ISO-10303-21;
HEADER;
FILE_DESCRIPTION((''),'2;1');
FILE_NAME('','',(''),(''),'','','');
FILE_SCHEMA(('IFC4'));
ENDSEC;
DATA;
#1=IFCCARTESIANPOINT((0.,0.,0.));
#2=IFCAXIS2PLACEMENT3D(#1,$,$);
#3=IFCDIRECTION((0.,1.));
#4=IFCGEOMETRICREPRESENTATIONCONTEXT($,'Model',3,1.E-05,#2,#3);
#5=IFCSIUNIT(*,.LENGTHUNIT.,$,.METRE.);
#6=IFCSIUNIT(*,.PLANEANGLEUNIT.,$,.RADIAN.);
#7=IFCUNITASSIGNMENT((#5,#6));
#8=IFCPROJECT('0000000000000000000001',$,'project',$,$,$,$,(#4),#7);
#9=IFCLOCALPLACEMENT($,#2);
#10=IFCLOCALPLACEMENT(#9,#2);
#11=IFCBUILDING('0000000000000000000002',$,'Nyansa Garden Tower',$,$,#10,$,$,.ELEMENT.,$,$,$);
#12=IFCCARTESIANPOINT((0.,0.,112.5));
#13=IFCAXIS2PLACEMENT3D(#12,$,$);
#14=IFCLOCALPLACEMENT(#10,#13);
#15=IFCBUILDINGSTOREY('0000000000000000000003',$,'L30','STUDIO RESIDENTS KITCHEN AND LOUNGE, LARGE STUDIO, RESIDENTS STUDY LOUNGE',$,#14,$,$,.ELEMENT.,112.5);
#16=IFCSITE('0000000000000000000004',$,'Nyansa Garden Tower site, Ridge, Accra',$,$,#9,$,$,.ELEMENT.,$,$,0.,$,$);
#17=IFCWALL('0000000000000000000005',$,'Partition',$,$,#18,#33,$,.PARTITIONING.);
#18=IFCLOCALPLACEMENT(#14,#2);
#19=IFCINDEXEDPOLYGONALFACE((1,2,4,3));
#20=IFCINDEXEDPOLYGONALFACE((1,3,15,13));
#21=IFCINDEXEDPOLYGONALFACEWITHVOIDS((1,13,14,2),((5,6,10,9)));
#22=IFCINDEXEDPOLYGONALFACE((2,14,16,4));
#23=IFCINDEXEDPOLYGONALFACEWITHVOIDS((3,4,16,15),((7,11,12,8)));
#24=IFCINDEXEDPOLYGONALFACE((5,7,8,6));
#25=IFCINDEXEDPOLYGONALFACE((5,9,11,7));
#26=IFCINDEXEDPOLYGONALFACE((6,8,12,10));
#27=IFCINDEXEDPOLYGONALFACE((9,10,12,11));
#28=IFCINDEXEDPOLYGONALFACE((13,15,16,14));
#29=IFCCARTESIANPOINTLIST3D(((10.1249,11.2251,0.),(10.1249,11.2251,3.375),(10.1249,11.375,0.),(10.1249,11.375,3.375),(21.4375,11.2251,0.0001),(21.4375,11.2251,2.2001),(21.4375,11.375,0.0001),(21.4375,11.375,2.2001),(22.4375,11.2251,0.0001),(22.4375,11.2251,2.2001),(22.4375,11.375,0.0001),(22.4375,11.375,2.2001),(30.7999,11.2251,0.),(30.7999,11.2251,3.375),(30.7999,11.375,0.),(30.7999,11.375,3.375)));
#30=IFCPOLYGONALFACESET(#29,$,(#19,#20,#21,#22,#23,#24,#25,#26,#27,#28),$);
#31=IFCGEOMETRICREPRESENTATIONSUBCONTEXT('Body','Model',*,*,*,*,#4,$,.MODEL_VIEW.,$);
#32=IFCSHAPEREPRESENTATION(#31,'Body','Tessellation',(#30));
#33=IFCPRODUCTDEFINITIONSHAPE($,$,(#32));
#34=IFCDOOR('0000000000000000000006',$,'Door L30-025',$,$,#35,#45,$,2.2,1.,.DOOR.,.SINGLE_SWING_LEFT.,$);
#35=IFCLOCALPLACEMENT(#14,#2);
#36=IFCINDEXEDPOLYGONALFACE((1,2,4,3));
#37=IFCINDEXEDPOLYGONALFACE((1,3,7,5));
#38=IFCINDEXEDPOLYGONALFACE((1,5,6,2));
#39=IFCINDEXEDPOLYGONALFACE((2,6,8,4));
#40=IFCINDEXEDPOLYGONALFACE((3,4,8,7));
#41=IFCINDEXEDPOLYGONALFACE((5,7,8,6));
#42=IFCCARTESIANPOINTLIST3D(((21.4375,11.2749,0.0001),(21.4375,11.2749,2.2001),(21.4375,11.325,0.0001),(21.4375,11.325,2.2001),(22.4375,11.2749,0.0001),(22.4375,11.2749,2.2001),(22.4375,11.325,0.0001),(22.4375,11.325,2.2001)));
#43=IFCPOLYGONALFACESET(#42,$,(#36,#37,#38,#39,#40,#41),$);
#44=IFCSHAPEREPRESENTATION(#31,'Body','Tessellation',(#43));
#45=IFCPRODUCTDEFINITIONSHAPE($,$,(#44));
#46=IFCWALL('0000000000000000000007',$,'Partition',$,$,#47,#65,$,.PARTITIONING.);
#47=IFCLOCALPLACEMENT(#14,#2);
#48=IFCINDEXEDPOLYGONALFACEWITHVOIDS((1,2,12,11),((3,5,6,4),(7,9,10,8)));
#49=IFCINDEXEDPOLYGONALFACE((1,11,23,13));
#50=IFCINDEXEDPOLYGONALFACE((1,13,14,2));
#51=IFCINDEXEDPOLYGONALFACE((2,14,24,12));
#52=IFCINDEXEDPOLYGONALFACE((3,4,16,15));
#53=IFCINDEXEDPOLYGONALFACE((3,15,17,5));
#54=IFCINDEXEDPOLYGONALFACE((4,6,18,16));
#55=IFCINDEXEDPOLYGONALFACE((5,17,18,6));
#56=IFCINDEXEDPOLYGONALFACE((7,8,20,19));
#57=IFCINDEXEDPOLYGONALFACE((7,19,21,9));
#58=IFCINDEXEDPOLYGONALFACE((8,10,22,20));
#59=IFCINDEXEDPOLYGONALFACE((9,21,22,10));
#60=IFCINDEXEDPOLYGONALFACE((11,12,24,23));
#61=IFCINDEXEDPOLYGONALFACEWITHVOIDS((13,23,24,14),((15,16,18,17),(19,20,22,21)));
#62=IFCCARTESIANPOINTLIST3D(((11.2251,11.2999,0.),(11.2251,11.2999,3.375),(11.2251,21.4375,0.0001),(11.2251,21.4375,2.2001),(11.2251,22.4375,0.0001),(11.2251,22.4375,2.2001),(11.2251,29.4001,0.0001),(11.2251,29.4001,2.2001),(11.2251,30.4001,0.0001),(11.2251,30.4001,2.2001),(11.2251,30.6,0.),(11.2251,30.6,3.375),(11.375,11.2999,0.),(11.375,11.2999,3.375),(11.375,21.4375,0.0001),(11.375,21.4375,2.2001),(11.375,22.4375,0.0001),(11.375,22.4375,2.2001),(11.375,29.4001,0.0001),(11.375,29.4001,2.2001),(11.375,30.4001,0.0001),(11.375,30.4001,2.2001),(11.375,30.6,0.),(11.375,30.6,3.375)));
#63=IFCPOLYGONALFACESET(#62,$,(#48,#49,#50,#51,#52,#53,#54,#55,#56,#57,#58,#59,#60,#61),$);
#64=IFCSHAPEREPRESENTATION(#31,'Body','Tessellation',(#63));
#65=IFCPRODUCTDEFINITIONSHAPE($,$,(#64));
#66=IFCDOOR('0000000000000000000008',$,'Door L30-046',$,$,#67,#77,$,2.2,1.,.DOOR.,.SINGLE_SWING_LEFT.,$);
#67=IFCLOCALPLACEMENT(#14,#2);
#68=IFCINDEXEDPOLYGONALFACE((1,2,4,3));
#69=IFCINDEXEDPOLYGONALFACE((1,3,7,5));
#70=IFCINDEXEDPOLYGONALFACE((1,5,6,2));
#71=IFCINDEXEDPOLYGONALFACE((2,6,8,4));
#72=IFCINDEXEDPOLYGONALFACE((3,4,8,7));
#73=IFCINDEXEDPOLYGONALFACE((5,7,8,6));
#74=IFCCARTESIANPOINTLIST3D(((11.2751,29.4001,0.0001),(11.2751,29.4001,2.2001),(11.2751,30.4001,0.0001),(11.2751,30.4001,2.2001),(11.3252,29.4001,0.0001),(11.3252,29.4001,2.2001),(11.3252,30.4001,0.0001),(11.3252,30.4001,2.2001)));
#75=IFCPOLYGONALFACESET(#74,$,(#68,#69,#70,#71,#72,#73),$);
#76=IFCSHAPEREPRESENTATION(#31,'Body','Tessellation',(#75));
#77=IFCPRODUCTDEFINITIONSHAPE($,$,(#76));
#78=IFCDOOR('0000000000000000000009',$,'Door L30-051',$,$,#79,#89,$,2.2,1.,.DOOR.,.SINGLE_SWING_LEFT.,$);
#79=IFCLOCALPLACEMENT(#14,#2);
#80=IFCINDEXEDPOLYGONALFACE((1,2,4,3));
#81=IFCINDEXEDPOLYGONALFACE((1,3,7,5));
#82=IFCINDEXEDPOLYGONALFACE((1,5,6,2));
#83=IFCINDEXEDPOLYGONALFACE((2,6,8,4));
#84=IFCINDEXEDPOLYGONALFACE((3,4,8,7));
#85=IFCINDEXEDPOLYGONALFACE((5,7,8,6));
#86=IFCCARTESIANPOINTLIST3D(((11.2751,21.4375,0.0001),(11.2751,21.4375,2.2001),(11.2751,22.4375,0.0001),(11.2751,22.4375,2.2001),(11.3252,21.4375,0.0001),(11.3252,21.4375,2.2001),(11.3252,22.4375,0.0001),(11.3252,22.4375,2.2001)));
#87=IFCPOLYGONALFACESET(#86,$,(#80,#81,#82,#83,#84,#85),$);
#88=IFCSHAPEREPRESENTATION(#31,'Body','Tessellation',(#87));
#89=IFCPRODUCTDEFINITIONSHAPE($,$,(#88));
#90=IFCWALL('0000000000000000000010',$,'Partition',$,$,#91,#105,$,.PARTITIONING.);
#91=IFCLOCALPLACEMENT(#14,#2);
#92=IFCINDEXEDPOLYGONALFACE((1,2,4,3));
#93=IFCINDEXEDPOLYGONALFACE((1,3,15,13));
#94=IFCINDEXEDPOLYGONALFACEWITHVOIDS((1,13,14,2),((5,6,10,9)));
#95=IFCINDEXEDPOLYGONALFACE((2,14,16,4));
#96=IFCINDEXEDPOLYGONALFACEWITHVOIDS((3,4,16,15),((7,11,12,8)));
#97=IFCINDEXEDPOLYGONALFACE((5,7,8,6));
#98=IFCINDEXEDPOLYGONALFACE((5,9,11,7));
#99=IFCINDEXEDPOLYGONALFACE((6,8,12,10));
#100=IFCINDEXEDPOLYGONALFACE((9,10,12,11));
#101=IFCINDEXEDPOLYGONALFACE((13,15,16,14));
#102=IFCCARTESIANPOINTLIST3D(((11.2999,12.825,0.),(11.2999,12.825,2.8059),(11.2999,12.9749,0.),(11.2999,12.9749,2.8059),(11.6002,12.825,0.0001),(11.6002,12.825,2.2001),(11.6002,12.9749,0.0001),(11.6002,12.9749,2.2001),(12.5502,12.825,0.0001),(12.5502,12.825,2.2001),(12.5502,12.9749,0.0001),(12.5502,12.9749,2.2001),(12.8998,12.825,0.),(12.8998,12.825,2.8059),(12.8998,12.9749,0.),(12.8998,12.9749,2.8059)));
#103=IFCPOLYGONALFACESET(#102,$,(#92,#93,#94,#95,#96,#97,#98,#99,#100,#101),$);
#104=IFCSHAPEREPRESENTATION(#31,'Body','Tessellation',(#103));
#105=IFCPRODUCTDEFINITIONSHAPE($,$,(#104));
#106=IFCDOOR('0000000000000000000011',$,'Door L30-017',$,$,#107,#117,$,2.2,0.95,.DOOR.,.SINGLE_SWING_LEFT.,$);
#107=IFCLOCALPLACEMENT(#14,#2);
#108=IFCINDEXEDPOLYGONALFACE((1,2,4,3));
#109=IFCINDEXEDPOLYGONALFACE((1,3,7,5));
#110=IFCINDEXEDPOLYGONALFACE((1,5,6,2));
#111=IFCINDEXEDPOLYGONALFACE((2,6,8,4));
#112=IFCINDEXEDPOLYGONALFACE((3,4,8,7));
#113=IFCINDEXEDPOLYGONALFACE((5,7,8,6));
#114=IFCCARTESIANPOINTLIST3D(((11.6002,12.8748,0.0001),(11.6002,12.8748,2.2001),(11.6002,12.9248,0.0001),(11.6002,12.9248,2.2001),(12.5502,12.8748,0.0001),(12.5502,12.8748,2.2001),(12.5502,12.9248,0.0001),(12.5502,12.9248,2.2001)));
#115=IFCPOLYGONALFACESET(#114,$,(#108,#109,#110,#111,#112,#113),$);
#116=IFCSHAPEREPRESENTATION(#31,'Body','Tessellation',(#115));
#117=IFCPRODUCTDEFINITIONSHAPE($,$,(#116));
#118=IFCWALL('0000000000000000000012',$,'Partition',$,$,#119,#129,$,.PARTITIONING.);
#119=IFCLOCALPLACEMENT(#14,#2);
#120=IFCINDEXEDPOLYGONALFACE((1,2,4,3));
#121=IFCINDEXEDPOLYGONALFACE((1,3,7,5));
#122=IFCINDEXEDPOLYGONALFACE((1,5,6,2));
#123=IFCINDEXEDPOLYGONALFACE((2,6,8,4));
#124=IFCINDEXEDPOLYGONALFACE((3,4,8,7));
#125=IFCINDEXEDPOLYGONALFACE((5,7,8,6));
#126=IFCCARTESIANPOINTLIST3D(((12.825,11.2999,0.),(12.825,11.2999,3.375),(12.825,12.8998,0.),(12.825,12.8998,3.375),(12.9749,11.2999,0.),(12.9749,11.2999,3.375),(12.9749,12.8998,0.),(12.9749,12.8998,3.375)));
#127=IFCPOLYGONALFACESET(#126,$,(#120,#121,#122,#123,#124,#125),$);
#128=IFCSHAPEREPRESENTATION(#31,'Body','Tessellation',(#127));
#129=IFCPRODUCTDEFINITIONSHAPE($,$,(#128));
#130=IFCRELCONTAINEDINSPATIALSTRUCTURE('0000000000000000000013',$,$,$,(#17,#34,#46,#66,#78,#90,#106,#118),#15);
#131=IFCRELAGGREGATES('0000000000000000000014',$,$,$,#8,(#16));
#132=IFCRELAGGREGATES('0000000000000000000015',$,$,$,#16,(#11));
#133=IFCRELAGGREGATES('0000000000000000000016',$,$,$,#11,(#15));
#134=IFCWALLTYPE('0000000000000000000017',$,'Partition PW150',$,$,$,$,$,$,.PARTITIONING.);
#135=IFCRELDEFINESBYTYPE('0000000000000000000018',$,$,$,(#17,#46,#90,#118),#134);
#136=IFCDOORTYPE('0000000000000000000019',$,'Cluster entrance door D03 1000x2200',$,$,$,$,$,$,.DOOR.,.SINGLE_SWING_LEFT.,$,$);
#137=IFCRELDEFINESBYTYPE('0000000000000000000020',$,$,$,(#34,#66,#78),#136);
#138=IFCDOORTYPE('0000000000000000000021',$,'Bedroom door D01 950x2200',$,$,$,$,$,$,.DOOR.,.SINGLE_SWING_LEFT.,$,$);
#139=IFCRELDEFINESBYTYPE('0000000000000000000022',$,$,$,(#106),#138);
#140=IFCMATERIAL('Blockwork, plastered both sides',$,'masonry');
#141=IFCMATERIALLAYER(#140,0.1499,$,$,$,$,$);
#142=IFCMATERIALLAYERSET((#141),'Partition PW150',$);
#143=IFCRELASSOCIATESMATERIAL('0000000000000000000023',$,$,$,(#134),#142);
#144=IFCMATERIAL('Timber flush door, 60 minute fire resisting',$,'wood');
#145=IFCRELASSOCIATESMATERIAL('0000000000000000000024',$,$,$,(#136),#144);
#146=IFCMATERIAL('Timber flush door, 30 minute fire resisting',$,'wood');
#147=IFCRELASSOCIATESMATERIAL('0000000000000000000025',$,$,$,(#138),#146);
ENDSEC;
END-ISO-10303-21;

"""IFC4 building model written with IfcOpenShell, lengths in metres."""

from ifc_helpers import new_model, si_unit, direction, frame, frame_2d, origin, place, context, subcontext, project, spatial, rectangle, extrude, material, layer, layer_set, type_object, element, fill, save


model = new_model("IFC4")

# Units and contexts
model_context = context("Model", 3, precision=1e-05, world=origin(), true_north=direction((0.0, 1.0)))
body_context = subcontext(model_context, "Body", "Model", "MODEL_VIEW")
ifc_project = project(units=[si_unit("LENGTHUNIT", "METRE"), si_unit("PLANEANGLEUNIT", "RADIAN")], contexts=[model_context])

# Site, building, storey
site_placement = place(None, origin())
site = spatial("IfcSite", under=ifc_project, at=site_placement, Name="Nyansa Garden Tower site, Ridge, Accra", CompositionType="ELEMENT", RefElevation=0.0)
building_placement = place(site_placement, origin())
building = spatial("IfcBuilding", under=site, at=building_placement, Name="Nyansa Garden Tower", CompositionType="ELEMENT")
storey_placement = place(building_placement, frame((0.0, 0.0, 112.5)))
storey = spatial("IfcBuildingStorey", under=building, at=storey_placement, Name="L30", Description="STUDIO RESIDENTS KITCHEN AND LOUNGE, LARGE STUDIO, RESIDENTS STUDY LOUNGE", CompositionType="ELEMENT", Elevation=112.5)

# Wall, opening, door
ifc_material_1 = material(Name="Blockwork, plastered both sides", Category="masonry")
ifc_layer_1 = layer(ifc_material_1, 0.1499)
ifc_layer_set_1 = layer_set([ifc_layer_1], Name="Partition PW150")
wall_type_1 = type_object("IfcWallType", Name="Partition PW150", PredefinedType="PARTITIONING", material=ifc_layer_set_1)
wall_1_placement = place(storey_placement, frame((10.125, 11.3, 0.0), z_axis=(0.0, 0.0, 1.0), x_axis=(1.0, 0.0, 0.0)))
wall_1 = element("IfcWall", 1, at=wall_1_placement, inside=storey, type_object=wall_type_1, Name="Partition", PredefinedType="PARTITIONING", context=body_context, shape_type="SweptSolid", body=[
    extrude(rectangle(XDim=20.675, YDim=0.1499, at=frame_2d((10.3374, 0.0))), origin(), (0.0, 0.0, 1.0), 3.375),
])
opening_1_placement = place(wall_1_placement, frame((11.3125, 0.0, 0.0)))
opening_1 = element("IfcOpeningElement", 2, at=opening_1_placement, cuts=wall_1, PredefinedType="OPENING", context=body_context, shape_type="SweptSolid", body=[
    extrude(rectangle(XDim=1.0, YDim=2.2, at=frame_2d((0.5, 1.1001))), frame((0.0, 0.085, 0.0), z_axis=(0.0, -1.0, 0.0), x_axis=(1.0, 0.0, 0.0)), (0.0, 0.0, 1.0), 0.1699),
])
ifc_material_2 = material(Name="Timber flush door, 60 minute fire resisting", Category="wood")
door_type_1 = type_object("IfcDoorType", Name="Cluster entrance door D03 1000x2200", OperationType="SINGLE_SWING_LEFT", PredefinedType="DOOR", material=ifc_material_2)
door_1_placement = place(opening_1_placement, origin())
door_1 = element("IfcDoor", 3, at=door_1_placement, inside=storey, type_object=door_type_1, Name="Door L30-025", OperationType="SINGLE_SWING_LEFT", OverallHeight=2.2, OverallWidth=1.0, PredefinedType="DOOR", context=body_context, shape_type="SweptSolid", body=[
    extrude(rectangle(XDim=1.0, YDim=2.2, at=frame_2d((0.5, 1.1001))), frame((0.0, 0.0249, 0.0), z_axis=(0.0, -1.0, 0.0), x_axis=(1.0, 0.0, 0.0)), (0.0, 0.0, 1.0), 0.05),
])
fill(opening_1, door_1)

# Wall, openings, doors
wall_2_placement = place(storey_placement, frame((11.3, 11.3, 0.0), z_axis=(0.0, 0.0, 1.0), x_axis=(0.0, 1.0, 0.0)))
wall_2 = element("IfcWall", 4, at=wall_2_placement, inside=storey, type_object=wall_type_1, Name="Partition", PredefinedType="PARTITIONING", context=body_context, shape_type="SweptSolid", body=[
    extrude(rectangle(XDim=19.3, YDim=0.1499, at=frame_2d((9.6499, 0.0))), origin(), (0.0, 0.0, 1.0), 3.375),
])
opening_2_placement = place(wall_2_placement, frame((18.1001, 0.0, 0.0)))
opening_2 = element("IfcOpeningElement", 5, at=opening_2_placement, cuts=wall_2, PredefinedType="OPENING", context=body_context, shape_type="SweptSolid", body=[
    extrude(rectangle(XDim=1.0, YDim=2.2, at=frame_2d((0.5, 1.1001))), frame((0.0, 0.085, 0.0), z_axis=(0.0, -1.0, 0.0), x_axis=(1.0, 0.0, 0.0)), (0.0, 0.0, 1.0), 0.1699),
])
opening_3_placement = place(wall_2_placement, frame((10.1375, 0.0, 0.0)))
opening_3 = element("IfcOpeningElement", 6, at=opening_3_placement, cuts=wall_2, PredefinedType="OPENING", context=body_context, shape_type="SweptSolid", body=[
    extrude(rectangle(XDim=1.0, YDim=2.2, at=frame_2d((0.5, 1.1001))), frame((0.0, 0.085, 0.0), z_axis=(0.0, -1.0, 0.0), x_axis=(1.0, 0.0, 0.0)), (0.0, 0.0, 1.0), 0.1699),
])
door_2_placement = place(opening_2_placement, origin())
door_2 = element("IfcDoor", 7, at=door_2_placement, inside=storey, type_object=door_type_1, Name="Door L30-046", OperationType="SINGLE_SWING_LEFT", OverallHeight=2.2, OverallWidth=1.0, PredefinedType="DOOR", context=body_context, shape_type="SweptSolid", body=[
    extrude(rectangle(XDim=1.0, YDim=2.2, at=frame_2d((0.5, 1.1001))), frame((0.0, 0.0249, 0.0), z_axis=(0.0, -1.0, 0.0), x_axis=(1.0, 0.0, 0.0)), (0.0, 0.0, 1.0), 0.05),
])
fill(opening_2, door_2)
door_3_placement = place(opening_3_placement, origin())
door_3 = element("IfcDoor", 8, at=door_3_placement, inside=storey, type_object=door_type_1, Name="Door L30-051", OperationType="SINGLE_SWING_LEFT", OverallHeight=2.2, OverallWidth=1.0, PredefinedType="DOOR", context=body_context, shape_type="SweptSolid", body=[
    extrude(rectangle(XDim=1.0, YDim=2.2, at=frame_2d((0.5, 1.1001))), frame((0.0, 0.0249, 0.0), z_axis=(0.0, -1.0, 0.0), x_axis=(1.0, 0.0, 0.0)), (0.0, 0.0, 1.0), 0.05),
])
fill(opening_3, door_3)

# Wall, opening, door
wall_3_placement = place(storey_placement, frame((11.3, 12.8999, 0.0), z_axis=(0.0, 0.0, 1.0), x_axis=(1.0, 0.0, 0.0)))
wall_3 = element("IfcWall", 9, at=wall_3_placement, inside=storey, type_object=wall_type_1, Name="Partition", PredefinedType="PARTITIONING", context=body_context, shape_type="SweptSolid", body=[
    extrude(rectangle(XDim=1.5999, YDim=0.1499, at=frame_2d((0.7998, 0.0))), origin(), (0.0, 0.0, 1.0), 2.8059),
])
opening_4_placement = place(wall_3_placement, frame((0.3, 0.0, 0.0)))
opening_4 = element("IfcOpeningElement", 10, at=opening_4_placement, cuts=wall_3, PredefinedType="OPENING", context=body_context, shape_type="SweptSolid", body=[
    extrude(rectangle(XDim=0.95, YDim=2.2, at=frame_2d((0.4751, 1.1001))), frame((0.0, 0.085, 0.0), z_axis=(0.0, -1.0, 0.0), x_axis=(1.0, 0.0, 0.0)), (0.0, 0.0, 1.0), 0.1699),
])
ifc_material_3 = material(Name="Timber flush door, 30 minute fire resisting", Category="wood")
door_type_2 = type_object("IfcDoorType", Name="Bedroom door D01 950x2200", OperationType="SINGLE_SWING_LEFT", PredefinedType="DOOR", material=ifc_material_3)
door_4_placement = place(opening_4_placement, origin())
door_4 = element("IfcDoor", 11, at=door_4_placement, inside=storey, type_object=door_type_2, Name="Door L30-017", OperationType="SINGLE_SWING_LEFT", OverallHeight=2.2, OverallWidth=0.95, PredefinedType="DOOR", context=body_context, shape_type="SweptSolid", body=[
    extrude(rectangle(XDim=0.95, YDim=2.2, at=frame_2d((0.4751, 1.1001))), frame((0.0, 0.0249, 0.0), z_axis=(0.0, -1.0, 0.0), x_axis=(1.0, 0.0, 0.0)), (0.0, 0.0, 1.0), 0.05),
])
fill(opening_4, door_4)

# Wall
wall_4_placement = place(storey_placement, frame((12.8999, 11.3, 0.0), z_axis=(0.0, 0.0, 1.0), x_axis=(0.0, 1.0, 0.0)))
element("IfcWall", 12, at=wall_4_placement, inside=storey, type_object=wall_type_1, Name="Partition", PredefinedType="PARTITIONING", context=body_context, shape_type="SweptSolid", body=[
    extrude(rectangle(XDim=1.5999, YDim=0.1499, at=frame_2d((0.7998, 0.0))), origin(), (0.0, 0.0, 1.0), 3.375),
])

save(model, "model.ifc")
